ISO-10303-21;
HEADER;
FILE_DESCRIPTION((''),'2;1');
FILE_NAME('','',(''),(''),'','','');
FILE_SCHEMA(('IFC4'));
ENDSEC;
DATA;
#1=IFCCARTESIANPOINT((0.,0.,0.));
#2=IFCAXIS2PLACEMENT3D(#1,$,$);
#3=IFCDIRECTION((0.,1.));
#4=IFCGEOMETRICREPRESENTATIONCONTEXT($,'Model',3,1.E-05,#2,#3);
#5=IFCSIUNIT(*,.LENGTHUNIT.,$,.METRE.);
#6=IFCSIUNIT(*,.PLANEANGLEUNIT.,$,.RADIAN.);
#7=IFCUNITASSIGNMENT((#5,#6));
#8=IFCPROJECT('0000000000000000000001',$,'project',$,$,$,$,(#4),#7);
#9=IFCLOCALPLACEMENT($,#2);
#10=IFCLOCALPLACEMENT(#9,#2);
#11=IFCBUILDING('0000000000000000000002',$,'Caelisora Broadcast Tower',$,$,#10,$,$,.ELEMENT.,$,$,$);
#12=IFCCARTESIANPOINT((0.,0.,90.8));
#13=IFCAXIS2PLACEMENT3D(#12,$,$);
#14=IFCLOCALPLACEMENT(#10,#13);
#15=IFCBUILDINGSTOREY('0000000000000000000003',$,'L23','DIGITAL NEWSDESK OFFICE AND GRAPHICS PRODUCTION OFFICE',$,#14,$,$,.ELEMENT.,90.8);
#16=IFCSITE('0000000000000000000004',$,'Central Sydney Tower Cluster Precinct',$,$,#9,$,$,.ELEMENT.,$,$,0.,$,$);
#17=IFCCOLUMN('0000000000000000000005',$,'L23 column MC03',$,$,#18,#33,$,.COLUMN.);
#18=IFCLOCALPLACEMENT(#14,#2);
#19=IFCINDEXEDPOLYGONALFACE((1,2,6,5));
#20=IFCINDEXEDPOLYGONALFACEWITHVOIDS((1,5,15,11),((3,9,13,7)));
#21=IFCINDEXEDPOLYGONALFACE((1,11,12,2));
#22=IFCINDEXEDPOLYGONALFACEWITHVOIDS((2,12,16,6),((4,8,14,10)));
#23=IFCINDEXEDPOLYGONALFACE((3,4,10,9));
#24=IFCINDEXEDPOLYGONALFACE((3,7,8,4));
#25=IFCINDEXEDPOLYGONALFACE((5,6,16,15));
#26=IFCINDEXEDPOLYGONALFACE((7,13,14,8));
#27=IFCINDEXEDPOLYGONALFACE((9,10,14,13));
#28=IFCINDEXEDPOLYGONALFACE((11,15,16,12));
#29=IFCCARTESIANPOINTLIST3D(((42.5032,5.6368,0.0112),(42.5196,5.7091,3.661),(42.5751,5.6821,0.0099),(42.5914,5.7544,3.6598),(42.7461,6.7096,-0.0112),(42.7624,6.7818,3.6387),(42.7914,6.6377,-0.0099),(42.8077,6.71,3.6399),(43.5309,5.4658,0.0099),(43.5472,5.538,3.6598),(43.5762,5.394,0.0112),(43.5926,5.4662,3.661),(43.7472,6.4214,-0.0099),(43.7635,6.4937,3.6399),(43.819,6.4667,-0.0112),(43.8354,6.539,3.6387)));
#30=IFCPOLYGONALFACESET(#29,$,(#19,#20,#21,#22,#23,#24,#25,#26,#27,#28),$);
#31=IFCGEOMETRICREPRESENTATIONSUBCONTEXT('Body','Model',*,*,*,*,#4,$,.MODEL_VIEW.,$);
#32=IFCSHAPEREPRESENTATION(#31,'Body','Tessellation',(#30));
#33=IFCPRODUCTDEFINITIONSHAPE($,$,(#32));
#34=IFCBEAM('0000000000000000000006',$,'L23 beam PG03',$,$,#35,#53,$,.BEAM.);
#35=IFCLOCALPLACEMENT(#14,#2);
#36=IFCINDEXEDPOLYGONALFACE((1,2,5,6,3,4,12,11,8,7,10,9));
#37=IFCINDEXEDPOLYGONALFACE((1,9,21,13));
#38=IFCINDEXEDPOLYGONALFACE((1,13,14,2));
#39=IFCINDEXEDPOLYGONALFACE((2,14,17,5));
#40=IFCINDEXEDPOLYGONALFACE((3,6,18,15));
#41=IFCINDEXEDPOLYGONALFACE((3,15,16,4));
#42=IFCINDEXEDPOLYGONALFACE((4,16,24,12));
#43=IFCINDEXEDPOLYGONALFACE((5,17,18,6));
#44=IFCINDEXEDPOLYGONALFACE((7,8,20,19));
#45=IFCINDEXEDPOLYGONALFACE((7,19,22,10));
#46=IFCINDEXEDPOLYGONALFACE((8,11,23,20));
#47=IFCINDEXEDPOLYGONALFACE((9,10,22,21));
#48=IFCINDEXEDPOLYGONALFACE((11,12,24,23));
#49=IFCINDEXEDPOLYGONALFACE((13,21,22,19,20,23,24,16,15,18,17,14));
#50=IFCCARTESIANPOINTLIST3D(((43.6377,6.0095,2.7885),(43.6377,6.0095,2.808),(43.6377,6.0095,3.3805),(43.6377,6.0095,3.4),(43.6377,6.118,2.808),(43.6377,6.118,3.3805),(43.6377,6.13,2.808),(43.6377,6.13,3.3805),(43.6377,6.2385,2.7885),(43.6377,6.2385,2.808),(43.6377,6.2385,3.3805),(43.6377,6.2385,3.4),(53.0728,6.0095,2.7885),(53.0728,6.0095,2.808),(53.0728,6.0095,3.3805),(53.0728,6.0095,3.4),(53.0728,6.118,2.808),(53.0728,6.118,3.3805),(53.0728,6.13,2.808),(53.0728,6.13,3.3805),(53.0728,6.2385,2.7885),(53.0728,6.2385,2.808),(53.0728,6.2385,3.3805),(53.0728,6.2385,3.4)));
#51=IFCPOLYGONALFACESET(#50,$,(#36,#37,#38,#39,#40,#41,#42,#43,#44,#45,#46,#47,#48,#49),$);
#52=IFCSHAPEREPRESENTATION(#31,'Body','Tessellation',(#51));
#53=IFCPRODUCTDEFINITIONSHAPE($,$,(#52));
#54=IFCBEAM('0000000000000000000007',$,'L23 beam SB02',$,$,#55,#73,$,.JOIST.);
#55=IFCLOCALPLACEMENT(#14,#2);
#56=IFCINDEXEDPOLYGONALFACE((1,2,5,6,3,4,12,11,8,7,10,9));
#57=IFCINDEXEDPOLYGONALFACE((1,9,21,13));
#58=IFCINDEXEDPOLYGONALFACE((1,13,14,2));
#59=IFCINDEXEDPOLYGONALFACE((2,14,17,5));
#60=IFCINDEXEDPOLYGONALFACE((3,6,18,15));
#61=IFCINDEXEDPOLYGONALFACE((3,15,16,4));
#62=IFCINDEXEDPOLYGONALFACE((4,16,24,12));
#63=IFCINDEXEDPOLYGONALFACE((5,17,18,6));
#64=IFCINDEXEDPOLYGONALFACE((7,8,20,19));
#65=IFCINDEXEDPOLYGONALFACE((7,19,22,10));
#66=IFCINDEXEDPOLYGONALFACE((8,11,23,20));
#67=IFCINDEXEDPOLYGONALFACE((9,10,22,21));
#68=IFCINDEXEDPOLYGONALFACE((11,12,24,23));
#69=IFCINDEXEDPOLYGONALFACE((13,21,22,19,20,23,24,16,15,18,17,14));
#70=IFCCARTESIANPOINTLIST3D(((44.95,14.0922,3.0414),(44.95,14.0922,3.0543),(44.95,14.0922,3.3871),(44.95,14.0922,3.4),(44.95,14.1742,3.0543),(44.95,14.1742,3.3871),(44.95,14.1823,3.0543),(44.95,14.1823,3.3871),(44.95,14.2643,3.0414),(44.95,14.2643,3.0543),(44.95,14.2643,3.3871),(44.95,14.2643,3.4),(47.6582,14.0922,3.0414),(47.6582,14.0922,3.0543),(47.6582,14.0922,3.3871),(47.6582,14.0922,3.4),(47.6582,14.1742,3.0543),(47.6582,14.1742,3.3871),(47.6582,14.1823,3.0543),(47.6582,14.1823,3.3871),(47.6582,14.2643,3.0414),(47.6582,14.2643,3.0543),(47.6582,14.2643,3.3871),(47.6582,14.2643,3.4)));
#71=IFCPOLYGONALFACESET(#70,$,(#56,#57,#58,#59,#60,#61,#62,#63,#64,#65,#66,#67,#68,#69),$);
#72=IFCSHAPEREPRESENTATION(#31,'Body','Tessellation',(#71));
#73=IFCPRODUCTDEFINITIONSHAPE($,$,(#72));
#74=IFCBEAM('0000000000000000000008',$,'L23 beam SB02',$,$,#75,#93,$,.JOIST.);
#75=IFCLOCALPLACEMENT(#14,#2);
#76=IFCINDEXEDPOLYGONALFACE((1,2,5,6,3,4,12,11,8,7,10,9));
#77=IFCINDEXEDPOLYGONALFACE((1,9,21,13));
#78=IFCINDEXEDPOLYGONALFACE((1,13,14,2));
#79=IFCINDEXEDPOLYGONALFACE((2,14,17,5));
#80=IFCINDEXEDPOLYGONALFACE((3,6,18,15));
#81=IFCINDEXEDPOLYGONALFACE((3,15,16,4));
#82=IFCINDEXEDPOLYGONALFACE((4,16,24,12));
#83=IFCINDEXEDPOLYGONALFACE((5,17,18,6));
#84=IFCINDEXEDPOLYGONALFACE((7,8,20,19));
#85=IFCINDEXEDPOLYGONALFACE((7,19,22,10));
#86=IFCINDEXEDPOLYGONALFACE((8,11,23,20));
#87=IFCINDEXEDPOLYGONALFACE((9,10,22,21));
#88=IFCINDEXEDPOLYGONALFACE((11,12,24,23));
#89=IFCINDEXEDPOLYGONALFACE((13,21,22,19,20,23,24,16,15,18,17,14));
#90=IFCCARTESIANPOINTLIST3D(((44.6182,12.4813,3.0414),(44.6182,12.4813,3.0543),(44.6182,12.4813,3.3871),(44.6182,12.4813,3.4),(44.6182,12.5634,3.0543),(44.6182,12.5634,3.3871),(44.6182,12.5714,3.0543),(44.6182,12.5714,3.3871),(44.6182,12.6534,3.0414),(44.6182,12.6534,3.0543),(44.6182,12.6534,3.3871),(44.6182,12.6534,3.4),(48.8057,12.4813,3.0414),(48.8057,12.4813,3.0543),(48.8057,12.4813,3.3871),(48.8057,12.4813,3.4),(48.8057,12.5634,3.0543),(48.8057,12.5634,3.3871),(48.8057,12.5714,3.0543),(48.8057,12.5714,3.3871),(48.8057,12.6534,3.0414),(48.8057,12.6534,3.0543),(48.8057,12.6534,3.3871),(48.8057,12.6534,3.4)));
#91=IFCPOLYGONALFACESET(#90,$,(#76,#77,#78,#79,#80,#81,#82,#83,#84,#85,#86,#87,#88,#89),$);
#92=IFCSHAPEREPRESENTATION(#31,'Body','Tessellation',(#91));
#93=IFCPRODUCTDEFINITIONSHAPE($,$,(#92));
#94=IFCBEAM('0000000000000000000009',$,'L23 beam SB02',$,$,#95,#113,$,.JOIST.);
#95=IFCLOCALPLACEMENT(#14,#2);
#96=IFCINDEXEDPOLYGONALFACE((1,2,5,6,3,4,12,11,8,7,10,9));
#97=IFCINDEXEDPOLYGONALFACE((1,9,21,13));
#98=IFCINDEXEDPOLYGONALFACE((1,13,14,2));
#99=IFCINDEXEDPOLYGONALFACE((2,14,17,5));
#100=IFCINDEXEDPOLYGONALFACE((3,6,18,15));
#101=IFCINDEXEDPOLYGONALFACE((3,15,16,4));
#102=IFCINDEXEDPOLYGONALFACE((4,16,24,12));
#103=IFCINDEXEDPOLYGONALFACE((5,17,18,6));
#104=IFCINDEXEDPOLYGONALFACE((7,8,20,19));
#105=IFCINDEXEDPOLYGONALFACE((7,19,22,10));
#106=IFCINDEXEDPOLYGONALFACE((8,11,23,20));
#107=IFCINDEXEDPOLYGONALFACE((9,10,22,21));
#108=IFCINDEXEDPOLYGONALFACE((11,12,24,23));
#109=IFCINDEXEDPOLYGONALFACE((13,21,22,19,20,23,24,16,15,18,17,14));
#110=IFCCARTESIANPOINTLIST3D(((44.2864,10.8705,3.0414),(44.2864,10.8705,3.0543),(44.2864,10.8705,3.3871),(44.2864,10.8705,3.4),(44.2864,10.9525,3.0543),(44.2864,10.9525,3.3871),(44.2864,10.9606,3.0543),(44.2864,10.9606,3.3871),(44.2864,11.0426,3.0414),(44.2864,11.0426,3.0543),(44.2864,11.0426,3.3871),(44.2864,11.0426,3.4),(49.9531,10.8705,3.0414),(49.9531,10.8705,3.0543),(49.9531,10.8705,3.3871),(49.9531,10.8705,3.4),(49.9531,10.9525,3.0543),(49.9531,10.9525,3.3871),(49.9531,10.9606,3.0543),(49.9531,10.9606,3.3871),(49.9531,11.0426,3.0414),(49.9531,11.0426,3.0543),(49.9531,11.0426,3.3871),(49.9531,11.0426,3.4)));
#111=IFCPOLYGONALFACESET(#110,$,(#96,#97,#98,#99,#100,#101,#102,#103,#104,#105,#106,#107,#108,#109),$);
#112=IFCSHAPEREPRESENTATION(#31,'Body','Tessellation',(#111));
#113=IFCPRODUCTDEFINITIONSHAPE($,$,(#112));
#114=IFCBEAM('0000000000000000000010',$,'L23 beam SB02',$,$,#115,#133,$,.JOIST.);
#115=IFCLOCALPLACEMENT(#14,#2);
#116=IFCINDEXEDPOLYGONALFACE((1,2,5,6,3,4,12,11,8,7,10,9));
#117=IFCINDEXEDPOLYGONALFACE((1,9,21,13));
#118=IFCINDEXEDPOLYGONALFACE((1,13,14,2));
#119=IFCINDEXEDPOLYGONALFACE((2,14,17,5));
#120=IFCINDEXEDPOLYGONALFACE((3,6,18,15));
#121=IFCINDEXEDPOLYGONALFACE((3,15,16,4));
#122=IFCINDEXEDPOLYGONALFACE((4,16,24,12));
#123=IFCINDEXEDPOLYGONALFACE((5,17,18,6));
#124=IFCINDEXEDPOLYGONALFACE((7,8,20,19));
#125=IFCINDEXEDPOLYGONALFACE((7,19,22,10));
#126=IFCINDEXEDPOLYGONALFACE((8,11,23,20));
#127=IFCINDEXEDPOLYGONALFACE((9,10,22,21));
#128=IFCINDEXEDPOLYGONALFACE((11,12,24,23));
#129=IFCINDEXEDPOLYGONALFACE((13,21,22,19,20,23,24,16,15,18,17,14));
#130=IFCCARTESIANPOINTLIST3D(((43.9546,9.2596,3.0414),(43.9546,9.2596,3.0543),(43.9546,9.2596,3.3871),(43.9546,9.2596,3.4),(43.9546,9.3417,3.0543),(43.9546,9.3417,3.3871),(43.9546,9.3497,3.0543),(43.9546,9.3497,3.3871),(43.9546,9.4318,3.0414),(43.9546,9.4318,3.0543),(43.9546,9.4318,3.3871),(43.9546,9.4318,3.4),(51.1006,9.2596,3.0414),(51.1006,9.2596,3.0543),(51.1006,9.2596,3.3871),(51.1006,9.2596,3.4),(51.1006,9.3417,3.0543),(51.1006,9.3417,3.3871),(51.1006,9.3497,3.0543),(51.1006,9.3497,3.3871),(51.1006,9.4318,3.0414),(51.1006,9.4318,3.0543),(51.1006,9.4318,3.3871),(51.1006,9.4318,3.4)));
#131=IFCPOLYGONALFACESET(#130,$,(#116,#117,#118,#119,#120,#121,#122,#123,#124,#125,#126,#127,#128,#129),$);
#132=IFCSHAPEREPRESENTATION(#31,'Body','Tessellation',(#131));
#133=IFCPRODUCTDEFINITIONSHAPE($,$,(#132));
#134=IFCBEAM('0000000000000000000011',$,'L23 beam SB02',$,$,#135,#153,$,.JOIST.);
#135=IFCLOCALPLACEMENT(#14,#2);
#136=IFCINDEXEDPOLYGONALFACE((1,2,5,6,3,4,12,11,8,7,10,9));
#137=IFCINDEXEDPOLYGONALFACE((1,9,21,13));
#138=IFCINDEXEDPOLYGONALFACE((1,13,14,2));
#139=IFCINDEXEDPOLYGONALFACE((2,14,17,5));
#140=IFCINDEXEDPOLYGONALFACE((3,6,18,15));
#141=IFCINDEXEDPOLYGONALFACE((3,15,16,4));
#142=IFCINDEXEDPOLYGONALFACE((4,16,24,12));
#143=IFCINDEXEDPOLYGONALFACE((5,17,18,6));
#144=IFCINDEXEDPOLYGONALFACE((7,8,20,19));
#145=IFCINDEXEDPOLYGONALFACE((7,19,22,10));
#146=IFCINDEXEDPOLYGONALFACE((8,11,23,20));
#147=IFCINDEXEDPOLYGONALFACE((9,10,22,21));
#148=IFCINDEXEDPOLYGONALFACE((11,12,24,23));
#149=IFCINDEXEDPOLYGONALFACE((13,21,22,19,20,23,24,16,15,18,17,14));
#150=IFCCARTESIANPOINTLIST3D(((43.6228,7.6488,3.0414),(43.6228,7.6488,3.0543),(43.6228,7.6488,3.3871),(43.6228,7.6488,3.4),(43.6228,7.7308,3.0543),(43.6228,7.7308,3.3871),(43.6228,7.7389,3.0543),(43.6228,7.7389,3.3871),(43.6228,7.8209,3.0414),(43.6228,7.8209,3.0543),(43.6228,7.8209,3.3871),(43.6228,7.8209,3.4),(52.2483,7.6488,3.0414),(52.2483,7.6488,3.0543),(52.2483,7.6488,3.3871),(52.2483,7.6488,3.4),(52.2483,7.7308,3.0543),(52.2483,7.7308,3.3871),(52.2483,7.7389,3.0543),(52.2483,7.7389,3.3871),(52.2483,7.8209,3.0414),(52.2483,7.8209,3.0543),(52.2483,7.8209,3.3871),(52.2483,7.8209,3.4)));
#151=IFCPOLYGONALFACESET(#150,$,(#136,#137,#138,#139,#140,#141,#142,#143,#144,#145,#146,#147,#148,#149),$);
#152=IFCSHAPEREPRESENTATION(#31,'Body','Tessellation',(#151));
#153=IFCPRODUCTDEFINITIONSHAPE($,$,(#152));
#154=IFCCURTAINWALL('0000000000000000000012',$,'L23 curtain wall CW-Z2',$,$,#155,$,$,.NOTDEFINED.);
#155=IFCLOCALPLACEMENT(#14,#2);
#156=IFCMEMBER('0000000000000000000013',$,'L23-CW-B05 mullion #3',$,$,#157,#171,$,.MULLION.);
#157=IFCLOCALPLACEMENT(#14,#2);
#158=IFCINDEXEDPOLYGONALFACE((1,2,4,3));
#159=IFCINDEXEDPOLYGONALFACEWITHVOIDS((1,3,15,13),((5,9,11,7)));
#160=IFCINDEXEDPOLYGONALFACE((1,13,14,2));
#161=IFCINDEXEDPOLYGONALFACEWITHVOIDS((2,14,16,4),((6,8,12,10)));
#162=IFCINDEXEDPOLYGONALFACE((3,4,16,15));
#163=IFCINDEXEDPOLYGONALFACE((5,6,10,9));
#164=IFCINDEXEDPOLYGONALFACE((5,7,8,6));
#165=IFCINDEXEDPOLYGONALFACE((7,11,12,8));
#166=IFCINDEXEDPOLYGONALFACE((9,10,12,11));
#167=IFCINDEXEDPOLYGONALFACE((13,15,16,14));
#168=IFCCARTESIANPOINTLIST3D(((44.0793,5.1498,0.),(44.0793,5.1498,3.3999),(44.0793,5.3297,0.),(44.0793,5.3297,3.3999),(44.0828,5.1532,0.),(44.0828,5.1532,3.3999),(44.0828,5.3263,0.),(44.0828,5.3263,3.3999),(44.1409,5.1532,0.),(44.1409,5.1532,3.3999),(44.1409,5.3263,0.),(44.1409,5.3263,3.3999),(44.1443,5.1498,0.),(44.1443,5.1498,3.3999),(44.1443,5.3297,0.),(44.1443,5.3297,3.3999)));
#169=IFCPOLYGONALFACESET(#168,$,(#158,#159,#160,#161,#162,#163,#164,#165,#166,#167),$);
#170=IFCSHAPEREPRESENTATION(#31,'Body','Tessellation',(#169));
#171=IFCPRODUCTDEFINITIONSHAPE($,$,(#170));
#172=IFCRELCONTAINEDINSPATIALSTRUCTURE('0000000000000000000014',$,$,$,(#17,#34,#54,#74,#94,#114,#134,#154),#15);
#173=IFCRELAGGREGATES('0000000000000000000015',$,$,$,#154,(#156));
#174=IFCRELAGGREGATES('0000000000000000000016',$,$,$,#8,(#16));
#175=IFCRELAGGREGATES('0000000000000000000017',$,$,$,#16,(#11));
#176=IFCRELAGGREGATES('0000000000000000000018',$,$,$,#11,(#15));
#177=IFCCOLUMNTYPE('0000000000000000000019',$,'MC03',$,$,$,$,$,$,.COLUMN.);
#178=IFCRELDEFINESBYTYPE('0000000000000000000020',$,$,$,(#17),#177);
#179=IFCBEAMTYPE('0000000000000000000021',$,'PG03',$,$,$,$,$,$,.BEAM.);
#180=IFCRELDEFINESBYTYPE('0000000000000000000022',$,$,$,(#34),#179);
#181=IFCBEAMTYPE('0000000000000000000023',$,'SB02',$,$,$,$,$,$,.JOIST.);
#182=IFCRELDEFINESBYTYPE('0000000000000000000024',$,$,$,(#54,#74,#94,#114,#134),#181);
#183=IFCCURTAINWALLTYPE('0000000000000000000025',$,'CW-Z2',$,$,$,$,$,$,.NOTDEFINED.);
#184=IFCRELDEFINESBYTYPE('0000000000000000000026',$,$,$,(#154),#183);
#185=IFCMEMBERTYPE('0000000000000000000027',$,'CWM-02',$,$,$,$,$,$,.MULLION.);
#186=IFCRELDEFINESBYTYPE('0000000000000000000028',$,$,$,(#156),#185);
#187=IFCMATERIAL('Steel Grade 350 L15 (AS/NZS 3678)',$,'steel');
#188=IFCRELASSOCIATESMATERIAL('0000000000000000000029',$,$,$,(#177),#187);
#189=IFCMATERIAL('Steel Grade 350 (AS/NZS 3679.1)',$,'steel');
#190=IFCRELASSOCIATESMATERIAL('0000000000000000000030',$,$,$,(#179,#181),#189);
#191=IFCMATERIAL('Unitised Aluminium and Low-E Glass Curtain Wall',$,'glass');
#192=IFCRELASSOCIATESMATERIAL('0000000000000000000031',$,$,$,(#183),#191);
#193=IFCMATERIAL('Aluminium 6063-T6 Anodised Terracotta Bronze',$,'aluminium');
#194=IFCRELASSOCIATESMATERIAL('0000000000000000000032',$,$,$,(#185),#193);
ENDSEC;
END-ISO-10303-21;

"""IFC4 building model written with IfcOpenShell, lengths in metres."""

from ifc_helpers import new_model, si_unit, direction, frame, origin, origin_2d, place, context, subcontext, project, spatial, hollow_rectangle, i_section, extrude, source, transform, mapped, material, material_profile, profile_set, type_object, type_shapes, element, aggregate, save


model = new_model("IFC4")

# Units and contexts
model_context = context("Model", 3, precision=1e-05, world=origin(), true_north=direction((0.0, 1.0)))
body_context = subcontext(model_context, "Body", "Model", "MODEL_VIEW")
ifc_project = project(units=[si_unit("LENGTHUNIT", "METRE"), si_unit("PLANEANGLEUNIT", "RADIAN")], contexts=[model_context])

# Site, building, storey
site_placement = place(None, origin())
site = spatial("IfcSite", under=ifc_project, at=site_placement, Name="Central Sydney Tower Cluster Precinct", CompositionType="ELEMENT", RefElevation=0.0)
building_placement = place(site_placement, origin())
building = spatial("IfcBuilding", under=site, at=building_placement, Name="Caelisora Broadcast Tower", CompositionType="ELEMENT")
storey_placement = place(building_placement, frame((0.0, 0.0, 90.8)))
storey = spatial("IfcBuildingStorey", under=building, at=storey_placement, Name="L23", Description="DIGITAL NEWSDESK OFFICE AND GRAPHICS PRODUCTION OFFICE", CompositionType="ELEMENT", Elevation=90.8)

# Column
ifc_material_1 = material(Name="Steel Grade 350 L15 (AS/NZS 3678)", Category="steel")
ifc_material_profile_1 = material_profile(ifc_material_1, hollow_rectangle(XDim=1.1001, YDim=1.1001, WallThickness=0.0601, at=origin_2d()), Name="Steel Grade 350 L15 (AS/NZS 3678)")
ifc_profile_set_1 = profile_set([ifc_material_profile_1], Name="Steel Grade 350 L15 (AS/NZS 3678)")
column_type = type_object("IfcColumnType", Name="MC03", PredefinedType="COLUMN", material=ifc_profile_set_1)
shared_shape_1 = source(origin(), body_context, "Body", "SweptSolid", [
    extrude(hollow_rectangle(XDim=1.1001, YDim=1.1001, WallThickness=0.0601, at=origin_2d()), origin(), (0.0, 0.0, 1.0), 3.6506),
])
type_shapes(column_type, [shared_shape_1])
column_placement = place(storey_placement, frame((43.1611, 6.0518, 0.0), z_axis=(0.004481, 0.019795, 0.999794), x_axis=(-0.975327, 0.220767, 0.0)))
element("IfcColumn", 1, at=column_placement, inside=storey, type_object=column_type, Name="L23 column MC03", PredefinedType="COLUMN", context=body_context, shape_type="MappedRepresentation", body=[
    mapped(shared_shape_1, transform((0.0, 0.0, 0.0), scale=1.0)),
])

# Beams
ifc_material_2 = material(Name="Steel Grade 350 (AS/NZS 3679.1)", Category="steel")
ifc_material_profile_2 = material_profile(ifc_material_2, i_section(OverallWidth=0.229, OverallDepth=0.6116, WebThickness=0.012, FlangeThickness=0.0195, at=origin_2d()), Name="Steel Grade 350 (AS/NZS 3679.1)")
ifc_profile_set_2 = profile_set([ifc_material_profile_2], Name="Steel Grade 350 (AS/NZS 3679.1)")
beam_type_1 = type_object("IfcBeamType", Name="PG03", PredefinedType="BEAM", material=ifc_profile_set_2)
shared_shape_2 = source(origin(), body_context, "Body", "SweptSolid", [
    extrude(i_section(OverallWidth=0.229, OverallDepth=0.6116, WebThickness=0.012, FlangeThickness=0.0195, at=origin_2d()), origin(), (0.0, 0.0, 1.0), 9.4351),
])
type_shapes(beam_type_1, [shared_shape_2])
beam_1_placement = place(storey_placement, frame((43.6377, 6.124, 3.0942), z_axis=(1.0, 0.0, 0.0), x_axis=(0.0, 1.0, 0.0)))
element("IfcBeam", 2, at=beam_1_placement, inside=storey, type_object=beam_type_1, Name="L23 beam PG03", PredefinedType="BEAM", context=body_context, shape_type="MappedRepresentation", body=[
    mapped(shared_shape_2, transform((0.0, 0.0, 0.0), scale=1.0)),
])
ifc_material_profile_3 = material_profile(ifc_material_2, i_section(OverallWidth=0.1721, OverallDepth=0.3586, WebThickness=0.0081, FlangeThickness=0.0129, at=origin_2d()), Name="Steel Grade 350 (AS/NZS 3679.1)")
ifc_profile_set_3 = profile_set([ifc_material_profile_3], Name="Steel Grade 350 (AS/NZS 3679.1)")
beam_type_2 = type_object("IfcBeamType", Name="SB02", PredefinedType="JOIST", material=ifc_profile_set_3)
shared_shape_3 = source(origin(), body_context, "Body", "SweptSolid", [
    extrude(i_section(OverallWidth=0.1721, OverallDepth=0.3586, WebThickness=0.0081, FlangeThickness=0.0129, at=origin_2d()), origin(), (0.0, 0.0, 1.0), 2.7083),
])
beam_2_placement = place(storey_placement, frame((44.95, 14.1782, 3.2207), z_axis=(1.0, 0.0, 0.0), x_axis=(0.0, 1.0, 0.0)))
element("IfcBeam", 3, at=beam_2_placement, inside=storey, type_object=beam_type_2, Name="L23 beam SB02", PredefinedType="JOIST", context=body_context, shape_type="MappedRepresentation", body=[
    mapped(shared_shape_3, transform((0.0, 0.0, 0.0), scale=1.0)),
])
shared_shape_4 = source(origin(), body_context, "Body", "SweptSolid", [
    extrude(i_section(OverallWidth=0.1721, OverallDepth=0.3586, WebThickness=0.0081, FlangeThickness=0.0129, at=origin_2d()), origin(), (0.0, 0.0, 1.0), 4.1875),
])
beam_3_placement = place(storey_placement, frame((44.6182, 12.5674, 3.2207), z_axis=(1.0, 0.0, 0.0), x_axis=(0.0, 1.0, 0.0)))
element("IfcBeam", 4, at=beam_3_placement, inside=storey, type_object=beam_type_2, Name="L23 beam SB02", PredefinedType="JOIST", context=body_context, shape_type="MappedRepresentation", body=[
    mapped(shared_shape_4, transform((0.0, 0.0, 0.0), scale=1.0)),
])
shared_shape_5 = source(origin(), body_context, "Body", "SweptSolid", [
    extrude(i_section(OverallWidth=0.1721, OverallDepth=0.3586, WebThickness=0.0081, FlangeThickness=0.0129, at=origin_2d()), origin(), (0.0, 0.0, 1.0), 5.6667),
])
beam_4_placement = place(storey_placement, frame((44.2864, 10.9565, 3.2207), z_axis=(1.0, 0.0, 0.0), x_axis=(0.0, 1.0, 0.0)))
element("IfcBeam", 5, at=beam_4_placement, inside=storey, type_object=beam_type_2, Name="L23 beam SB02", PredefinedType="JOIST", context=body_context, shape_type="MappedRepresentation", body=[
    mapped(shared_shape_5, transform((0.0, 0.0, 0.0), scale=1.0)),
])
shared_shape_6 = source(origin(), body_context, "Body", "SweptSolid", [
    extrude(i_section(OverallWidth=0.1721, OverallDepth=0.3586, WebThickness=0.0081, FlangeThickness=0.0129, at=origin_2d()), origin(), (0.0, 0.0, 1.0), 7.146),
])
beam_5_placement = place(storey_placement, frame((43.9546, 9.3457, 3.2207), z_axis=(1.0, 0.0, 0.0), x_axis=(0.0, 1.0, 0.0)))
element("IfcBeam", 6, at=beam_5_placement, inside=storey, type_object=beam_type_2, Name="L23 beam SB02", PredefinedType="JOIST", context=body_context, shape_type="MappedRepresentation", body=[
    mapped(shared_shape_6, transform((0.0, 0.0, 0.0), scale=1.0)),
])
shared_shape_7 = source(origin(), body_context, "Body", "SweptSolid", [
    extrude(i_section(OverallWidth=0.1721, OverallDepth=0.3586, WebThickness=0.0081, FlangeThickness=0.0129, at=origin_2d()), origin(), (0.0, 0.0, 1.0), 8.6255),
])
type_shapes(beam_type_2, [shared_shape_3, shared_shape_4, shared_shape_5, shared_shape_6, shared_shape_7])
beam_6_placement = place(storey_placement, frame((43.6228, 7.7349, 3.2207), z_axis=(1.0, 0.0, 0.0), x_axis=(0.0, 1.0, 0.0)))
element("IfcBeam", 7, at=beam_6_placement, inside=storey, type_object=beam_type_2, Name="L23 beam SB02", PredefinedType="JOIST", context=body_context, shape_type="MappedRepresentation", body=[
    mapped(shared_shape_7, transform((0.0, 0.0, 0.0), scale=1.0)),
])

# Curtain wall, member
ifc_material_3 = material(Name="Unitised Aluminium and Low-E Glass Curtain Wall", Category="glass")
curtain_wall_type_1 = type_object("IfcCurtainWallType", Name="CW-Z2", PredefinedType="NOTDEFINED", material=ifc_material_3)
curtain_wall_1_placement = place(storey_placement, origin())
curtain_wall_1 = element("IfcCurtainWall", 8, at=curtain_wall_1_placement, inside=storey, type_object=curtain_wall_type_1, Name="L23 curtain wall CW-Z2", PredefinedType="NOTDEFINED")
ifc_material_4 = material(Name="Aluminium 6063-T6 Anodised Terracotta Bronze", Category="aluminium")
ifc_material_profile_4 = material_profile(ifc_material_4, hollow_rectangle(XDim=0.0649, YDim=0.1799, WallThickness=0.0034, at=origin_2d()), Name="Aluminium 6063-T6 Anodised Terracotta Bronze")
ifc_profile_set_4 = profile_set([ifc_material_profile_4], Name="Aluminium 6063-T6 Anodised Terracotta Bronze")
member_type_1 = type_object("IfcMemberType", Name="CWM-02", PredefinedType="MULLION", material=ifc_profile_set_4)
shared_shape_8 = source(origin(), body_context, "Body", "SweptSolid", [
    extrude(hollow_rectangle(XDim=0.0649, YDim=0.1799, WallThickness=0.0034, at=origin_2d()), origin(), (0.0, 0.0, 1.0), 3.3999),
])
type_shapes(member_type_1, [shared_shape_8])
member_1_placement = place(storey_placement, frame((44.1118, 5.2397, 0.0), z_axis=(0.0, 0.0, 1.0), x_axis=(1.0, 0.0, 0.0)))
member_1 = element("IfcMember", 9, at=member_1_placement, type_object=member_type_1, Name="L23-CW-B05 mullion #3", PredefinedType="MULLION", context=body_context, shape_type="MappedRepresentation", body=[
    mapped(shared_shape_8, transform((0.0, 0.0, 0.0), scale=1.0)),
])
aggregate(curtain_wall_1, [member_1])

save(model, "model.ifc")
